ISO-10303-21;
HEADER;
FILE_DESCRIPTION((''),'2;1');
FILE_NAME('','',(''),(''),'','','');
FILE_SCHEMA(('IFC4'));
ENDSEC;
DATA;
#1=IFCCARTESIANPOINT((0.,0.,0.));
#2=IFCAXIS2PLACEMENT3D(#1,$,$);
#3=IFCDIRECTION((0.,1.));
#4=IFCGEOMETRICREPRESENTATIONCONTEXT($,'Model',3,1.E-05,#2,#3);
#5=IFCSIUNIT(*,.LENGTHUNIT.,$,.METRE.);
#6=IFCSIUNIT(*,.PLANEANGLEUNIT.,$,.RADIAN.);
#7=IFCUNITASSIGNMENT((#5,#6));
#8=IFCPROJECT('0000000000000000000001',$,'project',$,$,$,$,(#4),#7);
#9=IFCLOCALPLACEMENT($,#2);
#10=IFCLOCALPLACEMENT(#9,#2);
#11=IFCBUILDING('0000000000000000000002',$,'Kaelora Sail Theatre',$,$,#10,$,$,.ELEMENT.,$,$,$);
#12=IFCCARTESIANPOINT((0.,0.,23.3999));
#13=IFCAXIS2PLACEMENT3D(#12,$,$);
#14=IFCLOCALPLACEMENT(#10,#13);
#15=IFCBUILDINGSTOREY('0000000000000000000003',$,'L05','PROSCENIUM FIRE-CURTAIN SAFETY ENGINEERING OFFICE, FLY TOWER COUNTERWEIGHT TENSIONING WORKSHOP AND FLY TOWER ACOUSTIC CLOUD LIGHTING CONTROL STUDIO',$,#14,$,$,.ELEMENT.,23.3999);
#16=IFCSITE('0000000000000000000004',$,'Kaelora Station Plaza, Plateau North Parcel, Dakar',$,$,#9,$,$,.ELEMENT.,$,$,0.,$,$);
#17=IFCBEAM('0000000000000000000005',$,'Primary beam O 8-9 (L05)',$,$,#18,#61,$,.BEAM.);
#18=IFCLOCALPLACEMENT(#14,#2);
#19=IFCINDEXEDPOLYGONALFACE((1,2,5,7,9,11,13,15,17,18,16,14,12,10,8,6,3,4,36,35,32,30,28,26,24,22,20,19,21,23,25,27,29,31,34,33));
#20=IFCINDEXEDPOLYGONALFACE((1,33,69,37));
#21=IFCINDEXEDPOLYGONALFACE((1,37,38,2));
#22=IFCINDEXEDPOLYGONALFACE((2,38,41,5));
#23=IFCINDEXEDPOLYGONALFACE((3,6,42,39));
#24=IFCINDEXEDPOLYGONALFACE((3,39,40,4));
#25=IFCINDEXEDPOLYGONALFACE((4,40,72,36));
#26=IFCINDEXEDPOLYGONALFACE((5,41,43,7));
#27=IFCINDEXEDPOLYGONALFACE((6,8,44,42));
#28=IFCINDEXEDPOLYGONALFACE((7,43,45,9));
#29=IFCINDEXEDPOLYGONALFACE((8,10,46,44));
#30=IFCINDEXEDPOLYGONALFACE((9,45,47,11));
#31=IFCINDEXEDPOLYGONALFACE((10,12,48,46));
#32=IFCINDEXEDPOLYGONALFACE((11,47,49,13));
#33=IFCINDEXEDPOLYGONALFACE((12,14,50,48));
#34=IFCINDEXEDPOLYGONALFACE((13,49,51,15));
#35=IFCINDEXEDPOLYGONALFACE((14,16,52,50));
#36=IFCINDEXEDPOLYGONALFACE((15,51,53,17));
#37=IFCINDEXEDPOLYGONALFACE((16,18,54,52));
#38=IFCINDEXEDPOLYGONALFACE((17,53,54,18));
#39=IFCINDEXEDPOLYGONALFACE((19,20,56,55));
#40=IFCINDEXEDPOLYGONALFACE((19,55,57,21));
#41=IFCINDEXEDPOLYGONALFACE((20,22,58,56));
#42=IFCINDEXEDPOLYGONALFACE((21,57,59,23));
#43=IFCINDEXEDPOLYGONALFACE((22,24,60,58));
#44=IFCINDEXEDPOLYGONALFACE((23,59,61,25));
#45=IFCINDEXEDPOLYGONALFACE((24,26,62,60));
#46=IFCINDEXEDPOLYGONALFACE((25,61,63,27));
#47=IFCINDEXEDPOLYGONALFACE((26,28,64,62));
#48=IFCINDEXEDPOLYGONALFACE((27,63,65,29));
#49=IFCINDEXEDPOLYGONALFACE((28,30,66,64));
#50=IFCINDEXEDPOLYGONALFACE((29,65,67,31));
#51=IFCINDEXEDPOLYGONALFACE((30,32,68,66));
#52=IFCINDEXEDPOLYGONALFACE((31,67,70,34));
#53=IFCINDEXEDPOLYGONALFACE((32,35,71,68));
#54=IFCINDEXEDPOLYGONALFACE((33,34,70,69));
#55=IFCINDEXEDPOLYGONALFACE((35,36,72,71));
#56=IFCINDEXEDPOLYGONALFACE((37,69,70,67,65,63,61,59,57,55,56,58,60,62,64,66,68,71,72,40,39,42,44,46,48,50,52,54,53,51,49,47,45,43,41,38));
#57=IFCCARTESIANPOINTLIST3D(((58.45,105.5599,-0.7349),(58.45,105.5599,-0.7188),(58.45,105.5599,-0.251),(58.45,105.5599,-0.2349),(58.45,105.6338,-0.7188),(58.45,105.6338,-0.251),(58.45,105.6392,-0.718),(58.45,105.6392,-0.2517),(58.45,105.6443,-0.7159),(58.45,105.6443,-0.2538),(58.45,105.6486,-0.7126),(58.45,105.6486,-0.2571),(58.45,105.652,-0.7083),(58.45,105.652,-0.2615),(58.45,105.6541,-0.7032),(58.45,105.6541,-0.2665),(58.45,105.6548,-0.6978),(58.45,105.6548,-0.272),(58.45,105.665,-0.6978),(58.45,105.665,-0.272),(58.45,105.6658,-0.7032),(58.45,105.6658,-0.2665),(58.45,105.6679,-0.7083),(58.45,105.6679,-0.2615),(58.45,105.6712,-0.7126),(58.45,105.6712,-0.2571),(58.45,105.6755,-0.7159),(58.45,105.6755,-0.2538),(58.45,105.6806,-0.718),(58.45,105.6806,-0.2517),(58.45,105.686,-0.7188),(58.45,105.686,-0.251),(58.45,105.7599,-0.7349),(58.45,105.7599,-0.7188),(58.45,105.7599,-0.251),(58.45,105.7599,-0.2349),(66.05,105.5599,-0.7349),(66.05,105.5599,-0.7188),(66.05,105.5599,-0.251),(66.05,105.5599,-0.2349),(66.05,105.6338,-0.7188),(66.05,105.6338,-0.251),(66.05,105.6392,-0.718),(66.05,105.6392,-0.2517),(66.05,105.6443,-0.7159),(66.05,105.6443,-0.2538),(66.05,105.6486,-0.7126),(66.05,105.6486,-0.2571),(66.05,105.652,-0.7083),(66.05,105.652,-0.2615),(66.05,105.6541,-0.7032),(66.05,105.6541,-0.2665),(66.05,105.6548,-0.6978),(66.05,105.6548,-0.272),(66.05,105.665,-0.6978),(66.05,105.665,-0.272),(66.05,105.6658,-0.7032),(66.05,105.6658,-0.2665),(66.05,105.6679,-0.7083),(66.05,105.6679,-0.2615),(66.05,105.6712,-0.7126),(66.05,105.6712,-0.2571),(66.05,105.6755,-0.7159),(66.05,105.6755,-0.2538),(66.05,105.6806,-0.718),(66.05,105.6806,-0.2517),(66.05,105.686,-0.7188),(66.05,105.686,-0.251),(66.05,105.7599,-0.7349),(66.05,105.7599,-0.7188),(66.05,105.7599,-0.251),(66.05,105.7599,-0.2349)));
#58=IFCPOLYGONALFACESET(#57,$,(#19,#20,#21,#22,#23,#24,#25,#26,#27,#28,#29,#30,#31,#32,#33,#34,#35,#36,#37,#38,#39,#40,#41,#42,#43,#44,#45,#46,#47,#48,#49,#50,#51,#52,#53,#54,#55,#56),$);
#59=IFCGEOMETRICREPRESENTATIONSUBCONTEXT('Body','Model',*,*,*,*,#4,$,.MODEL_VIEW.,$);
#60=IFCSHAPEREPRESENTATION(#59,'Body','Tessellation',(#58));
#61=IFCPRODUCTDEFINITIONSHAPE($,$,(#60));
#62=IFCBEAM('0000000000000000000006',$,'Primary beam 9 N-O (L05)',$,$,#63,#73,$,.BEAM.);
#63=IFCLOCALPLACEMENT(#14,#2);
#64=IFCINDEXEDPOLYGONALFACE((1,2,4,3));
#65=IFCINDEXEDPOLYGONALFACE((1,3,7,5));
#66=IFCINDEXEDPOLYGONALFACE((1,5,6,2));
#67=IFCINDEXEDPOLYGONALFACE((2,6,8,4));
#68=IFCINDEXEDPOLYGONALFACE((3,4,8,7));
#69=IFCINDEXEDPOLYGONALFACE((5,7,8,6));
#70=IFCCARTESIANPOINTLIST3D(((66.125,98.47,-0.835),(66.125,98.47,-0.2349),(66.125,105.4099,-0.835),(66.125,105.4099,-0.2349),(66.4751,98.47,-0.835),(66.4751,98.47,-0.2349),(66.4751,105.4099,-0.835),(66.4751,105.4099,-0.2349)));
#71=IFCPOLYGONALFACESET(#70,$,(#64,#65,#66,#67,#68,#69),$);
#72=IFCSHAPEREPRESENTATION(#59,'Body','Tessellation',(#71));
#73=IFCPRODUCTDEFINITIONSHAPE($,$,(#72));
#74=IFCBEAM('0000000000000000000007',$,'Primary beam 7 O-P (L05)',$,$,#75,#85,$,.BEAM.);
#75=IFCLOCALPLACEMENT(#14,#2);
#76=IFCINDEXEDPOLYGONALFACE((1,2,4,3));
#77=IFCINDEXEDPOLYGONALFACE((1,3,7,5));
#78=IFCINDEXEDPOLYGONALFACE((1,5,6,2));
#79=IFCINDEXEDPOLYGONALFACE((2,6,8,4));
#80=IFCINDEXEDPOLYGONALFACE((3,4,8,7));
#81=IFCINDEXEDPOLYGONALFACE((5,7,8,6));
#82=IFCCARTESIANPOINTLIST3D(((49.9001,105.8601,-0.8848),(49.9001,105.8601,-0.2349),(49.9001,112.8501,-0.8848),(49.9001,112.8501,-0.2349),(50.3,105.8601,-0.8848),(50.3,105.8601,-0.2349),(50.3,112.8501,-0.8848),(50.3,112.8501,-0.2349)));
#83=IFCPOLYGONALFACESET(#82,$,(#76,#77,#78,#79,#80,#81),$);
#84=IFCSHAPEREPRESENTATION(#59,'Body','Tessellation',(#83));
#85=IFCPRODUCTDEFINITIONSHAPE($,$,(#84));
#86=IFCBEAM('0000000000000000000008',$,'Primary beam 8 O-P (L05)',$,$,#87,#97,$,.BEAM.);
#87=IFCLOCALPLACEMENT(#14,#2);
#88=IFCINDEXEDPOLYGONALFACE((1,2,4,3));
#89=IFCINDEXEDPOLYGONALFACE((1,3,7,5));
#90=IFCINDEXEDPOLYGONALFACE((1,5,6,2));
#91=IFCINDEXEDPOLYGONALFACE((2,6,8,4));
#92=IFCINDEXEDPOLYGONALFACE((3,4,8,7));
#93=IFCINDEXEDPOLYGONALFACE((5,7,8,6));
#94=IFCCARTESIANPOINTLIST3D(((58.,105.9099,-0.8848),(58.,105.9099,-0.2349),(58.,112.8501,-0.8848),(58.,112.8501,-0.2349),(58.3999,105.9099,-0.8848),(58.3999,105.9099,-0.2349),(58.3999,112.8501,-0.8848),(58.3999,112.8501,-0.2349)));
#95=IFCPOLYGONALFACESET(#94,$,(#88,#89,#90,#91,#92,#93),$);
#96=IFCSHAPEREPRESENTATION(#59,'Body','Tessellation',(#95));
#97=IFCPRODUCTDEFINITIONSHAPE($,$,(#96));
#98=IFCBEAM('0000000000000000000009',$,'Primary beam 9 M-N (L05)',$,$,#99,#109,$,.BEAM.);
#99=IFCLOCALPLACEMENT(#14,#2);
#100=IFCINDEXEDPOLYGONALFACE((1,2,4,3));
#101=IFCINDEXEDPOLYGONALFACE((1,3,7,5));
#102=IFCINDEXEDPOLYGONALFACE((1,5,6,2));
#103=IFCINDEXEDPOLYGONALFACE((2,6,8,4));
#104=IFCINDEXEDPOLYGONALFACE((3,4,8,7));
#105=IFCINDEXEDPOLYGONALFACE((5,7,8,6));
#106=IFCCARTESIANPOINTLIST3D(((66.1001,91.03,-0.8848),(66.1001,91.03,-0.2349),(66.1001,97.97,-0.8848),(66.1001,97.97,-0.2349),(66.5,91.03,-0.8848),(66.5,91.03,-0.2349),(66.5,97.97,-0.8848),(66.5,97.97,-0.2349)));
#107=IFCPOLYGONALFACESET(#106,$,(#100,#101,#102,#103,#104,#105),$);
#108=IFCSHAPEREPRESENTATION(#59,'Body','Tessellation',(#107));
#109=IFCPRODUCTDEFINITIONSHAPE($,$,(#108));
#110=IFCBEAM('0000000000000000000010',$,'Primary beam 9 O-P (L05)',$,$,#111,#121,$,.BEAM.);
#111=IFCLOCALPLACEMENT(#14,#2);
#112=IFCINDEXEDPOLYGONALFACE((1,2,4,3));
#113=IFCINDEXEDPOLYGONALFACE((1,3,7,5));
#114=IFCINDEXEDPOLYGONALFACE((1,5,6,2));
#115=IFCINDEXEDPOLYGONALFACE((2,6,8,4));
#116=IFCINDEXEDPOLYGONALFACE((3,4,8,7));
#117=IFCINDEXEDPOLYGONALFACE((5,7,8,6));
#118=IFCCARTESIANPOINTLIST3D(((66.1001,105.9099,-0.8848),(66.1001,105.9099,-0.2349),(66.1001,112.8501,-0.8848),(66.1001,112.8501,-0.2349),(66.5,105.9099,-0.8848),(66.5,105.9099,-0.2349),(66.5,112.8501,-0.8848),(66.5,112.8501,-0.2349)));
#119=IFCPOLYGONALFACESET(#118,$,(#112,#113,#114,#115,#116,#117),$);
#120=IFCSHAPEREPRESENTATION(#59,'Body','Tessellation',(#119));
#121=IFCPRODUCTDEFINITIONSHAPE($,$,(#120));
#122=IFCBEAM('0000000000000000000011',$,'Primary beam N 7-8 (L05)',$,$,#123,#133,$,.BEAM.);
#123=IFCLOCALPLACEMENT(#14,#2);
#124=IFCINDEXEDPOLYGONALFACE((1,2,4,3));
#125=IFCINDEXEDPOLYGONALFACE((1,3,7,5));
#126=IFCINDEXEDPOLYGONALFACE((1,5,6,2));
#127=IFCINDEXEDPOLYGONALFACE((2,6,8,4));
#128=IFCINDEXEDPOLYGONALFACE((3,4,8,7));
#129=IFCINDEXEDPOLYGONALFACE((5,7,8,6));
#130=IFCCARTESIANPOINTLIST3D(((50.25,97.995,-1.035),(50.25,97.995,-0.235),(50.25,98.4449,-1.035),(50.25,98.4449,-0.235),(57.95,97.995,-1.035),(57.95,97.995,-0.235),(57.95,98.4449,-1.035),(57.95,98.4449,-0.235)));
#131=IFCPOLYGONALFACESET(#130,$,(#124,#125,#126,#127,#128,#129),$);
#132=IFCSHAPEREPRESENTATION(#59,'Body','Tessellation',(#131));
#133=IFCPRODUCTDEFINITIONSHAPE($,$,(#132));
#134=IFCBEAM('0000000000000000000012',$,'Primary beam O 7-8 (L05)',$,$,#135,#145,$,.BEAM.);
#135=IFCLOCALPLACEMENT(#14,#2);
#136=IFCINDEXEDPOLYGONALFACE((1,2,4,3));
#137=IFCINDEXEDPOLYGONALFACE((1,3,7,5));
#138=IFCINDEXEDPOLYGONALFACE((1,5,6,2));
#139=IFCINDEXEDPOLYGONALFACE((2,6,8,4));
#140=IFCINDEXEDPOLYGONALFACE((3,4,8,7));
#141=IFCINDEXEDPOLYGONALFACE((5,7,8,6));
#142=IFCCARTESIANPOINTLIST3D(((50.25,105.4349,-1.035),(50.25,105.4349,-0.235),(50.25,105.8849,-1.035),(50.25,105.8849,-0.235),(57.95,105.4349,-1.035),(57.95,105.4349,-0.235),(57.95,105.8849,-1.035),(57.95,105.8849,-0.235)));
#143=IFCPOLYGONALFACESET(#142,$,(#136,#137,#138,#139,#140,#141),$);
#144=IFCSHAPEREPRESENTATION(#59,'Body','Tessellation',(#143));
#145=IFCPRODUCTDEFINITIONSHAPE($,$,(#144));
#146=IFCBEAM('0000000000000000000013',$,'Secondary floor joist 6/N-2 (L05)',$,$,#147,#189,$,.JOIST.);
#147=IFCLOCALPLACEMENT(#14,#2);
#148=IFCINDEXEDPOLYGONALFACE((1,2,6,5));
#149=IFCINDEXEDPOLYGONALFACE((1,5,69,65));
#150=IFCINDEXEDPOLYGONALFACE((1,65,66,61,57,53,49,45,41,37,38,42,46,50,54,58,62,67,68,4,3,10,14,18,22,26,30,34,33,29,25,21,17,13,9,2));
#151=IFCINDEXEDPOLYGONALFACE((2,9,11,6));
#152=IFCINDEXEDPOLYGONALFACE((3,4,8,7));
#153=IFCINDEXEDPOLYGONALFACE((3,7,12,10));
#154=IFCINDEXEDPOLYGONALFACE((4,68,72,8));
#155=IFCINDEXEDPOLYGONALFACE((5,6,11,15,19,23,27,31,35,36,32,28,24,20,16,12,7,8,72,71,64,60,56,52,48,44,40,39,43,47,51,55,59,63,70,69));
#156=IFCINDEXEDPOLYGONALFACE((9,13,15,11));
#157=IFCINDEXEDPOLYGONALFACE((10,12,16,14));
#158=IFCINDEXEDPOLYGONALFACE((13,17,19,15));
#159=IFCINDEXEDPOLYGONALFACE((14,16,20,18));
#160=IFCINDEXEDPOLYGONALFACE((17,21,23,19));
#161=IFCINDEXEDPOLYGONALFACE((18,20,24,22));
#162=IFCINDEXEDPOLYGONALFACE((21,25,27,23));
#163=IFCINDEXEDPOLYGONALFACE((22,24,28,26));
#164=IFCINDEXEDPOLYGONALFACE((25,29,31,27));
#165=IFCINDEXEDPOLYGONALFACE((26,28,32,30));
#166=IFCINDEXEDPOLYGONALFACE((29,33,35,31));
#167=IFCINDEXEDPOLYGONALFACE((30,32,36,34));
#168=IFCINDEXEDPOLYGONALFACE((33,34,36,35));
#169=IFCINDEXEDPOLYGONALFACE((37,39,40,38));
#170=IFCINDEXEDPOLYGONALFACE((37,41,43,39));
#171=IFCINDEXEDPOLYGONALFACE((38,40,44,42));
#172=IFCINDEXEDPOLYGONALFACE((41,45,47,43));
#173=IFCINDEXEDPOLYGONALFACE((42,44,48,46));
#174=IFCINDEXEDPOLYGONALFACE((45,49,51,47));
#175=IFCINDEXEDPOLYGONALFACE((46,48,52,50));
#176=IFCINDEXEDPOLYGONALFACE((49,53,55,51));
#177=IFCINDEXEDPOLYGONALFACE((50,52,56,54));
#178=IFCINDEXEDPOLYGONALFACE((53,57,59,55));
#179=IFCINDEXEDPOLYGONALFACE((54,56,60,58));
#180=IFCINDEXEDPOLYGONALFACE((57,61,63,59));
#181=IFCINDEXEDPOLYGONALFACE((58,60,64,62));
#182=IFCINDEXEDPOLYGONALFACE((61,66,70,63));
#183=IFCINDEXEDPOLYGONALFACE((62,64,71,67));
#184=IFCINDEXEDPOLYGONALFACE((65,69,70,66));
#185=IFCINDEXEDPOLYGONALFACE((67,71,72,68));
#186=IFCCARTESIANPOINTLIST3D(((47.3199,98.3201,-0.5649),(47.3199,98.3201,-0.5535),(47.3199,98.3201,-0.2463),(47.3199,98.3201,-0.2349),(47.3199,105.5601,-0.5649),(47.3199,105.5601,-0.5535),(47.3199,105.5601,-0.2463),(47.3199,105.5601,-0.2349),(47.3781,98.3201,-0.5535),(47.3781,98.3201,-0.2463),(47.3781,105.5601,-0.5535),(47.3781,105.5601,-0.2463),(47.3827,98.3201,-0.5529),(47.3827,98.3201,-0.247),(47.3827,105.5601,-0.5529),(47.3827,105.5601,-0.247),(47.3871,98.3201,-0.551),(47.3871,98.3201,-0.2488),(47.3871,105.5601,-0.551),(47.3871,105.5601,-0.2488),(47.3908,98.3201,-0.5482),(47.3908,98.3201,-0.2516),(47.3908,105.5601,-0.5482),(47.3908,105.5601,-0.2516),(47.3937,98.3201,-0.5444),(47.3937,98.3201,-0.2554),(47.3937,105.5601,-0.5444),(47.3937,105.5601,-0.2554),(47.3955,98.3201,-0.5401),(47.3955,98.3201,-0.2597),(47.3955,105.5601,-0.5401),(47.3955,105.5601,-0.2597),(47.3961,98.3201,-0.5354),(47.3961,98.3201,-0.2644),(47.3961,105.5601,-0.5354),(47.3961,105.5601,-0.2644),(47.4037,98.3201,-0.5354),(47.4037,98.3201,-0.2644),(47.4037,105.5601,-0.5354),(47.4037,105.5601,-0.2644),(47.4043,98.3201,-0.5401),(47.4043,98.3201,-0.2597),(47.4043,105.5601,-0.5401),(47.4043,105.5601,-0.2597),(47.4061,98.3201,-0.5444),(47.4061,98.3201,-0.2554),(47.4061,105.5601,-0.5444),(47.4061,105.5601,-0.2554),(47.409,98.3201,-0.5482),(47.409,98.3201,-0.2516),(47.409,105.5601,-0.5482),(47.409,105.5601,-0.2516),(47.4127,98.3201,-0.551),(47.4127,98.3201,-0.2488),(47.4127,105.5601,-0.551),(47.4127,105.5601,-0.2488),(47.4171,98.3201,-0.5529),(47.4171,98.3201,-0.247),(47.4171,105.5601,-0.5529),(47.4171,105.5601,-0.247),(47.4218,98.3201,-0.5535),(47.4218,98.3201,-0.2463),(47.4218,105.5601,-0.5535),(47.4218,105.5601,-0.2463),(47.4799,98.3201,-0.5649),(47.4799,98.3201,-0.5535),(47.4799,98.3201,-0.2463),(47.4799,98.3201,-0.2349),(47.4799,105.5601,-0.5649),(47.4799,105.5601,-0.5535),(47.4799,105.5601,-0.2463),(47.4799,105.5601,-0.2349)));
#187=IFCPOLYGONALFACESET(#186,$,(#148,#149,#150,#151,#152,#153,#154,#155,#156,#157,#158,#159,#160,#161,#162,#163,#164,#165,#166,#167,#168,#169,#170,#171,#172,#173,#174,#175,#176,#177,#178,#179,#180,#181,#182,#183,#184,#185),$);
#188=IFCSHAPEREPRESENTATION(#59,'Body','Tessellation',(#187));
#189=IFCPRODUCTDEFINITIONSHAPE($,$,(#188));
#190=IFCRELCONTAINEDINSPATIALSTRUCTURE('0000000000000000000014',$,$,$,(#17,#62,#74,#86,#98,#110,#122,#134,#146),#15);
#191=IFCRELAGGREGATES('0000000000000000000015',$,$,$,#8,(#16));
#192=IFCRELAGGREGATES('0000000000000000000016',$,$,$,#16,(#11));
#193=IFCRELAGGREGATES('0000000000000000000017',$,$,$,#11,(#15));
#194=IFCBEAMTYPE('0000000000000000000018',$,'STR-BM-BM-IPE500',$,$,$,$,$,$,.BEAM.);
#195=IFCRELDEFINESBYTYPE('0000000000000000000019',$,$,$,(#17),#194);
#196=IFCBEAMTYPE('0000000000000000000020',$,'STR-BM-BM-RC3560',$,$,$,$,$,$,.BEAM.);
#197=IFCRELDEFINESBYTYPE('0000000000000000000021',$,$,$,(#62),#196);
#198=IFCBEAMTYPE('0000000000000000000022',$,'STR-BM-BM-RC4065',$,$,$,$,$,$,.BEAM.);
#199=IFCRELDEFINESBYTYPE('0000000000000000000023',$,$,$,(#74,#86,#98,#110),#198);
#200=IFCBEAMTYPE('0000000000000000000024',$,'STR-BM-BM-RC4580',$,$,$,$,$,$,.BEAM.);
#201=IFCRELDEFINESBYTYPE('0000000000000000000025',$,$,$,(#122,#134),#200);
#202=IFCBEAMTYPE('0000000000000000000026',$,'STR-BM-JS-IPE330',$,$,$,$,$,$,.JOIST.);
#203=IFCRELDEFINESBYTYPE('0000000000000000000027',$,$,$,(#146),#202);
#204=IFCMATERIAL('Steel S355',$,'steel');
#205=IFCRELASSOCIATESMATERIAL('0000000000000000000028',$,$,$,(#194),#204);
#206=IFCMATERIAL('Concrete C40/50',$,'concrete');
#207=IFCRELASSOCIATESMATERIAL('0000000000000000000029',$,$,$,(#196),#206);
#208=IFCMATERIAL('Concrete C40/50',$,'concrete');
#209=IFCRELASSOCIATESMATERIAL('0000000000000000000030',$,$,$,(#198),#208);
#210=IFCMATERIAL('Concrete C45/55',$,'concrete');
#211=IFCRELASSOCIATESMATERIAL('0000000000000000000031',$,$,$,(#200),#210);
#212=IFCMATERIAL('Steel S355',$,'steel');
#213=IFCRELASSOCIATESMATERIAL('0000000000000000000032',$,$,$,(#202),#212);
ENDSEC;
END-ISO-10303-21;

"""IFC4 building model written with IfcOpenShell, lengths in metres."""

from ifc_helpers import new_model, si_unit, direction, frame, origin, origin_2d, place, context, subcontext, project, spatial, rectangle, i_section, extrude, material, material_profile, profile_set, type_object, element, save


model = new_model("IFC4")

# Units and contexts
model_context = context("Model", 3, precision=1e-05, world=origin(), true_north=direction((0.0, 1.0)))
body_context = subcontext(model_context, "Body", "Model", "MODEL_VIEW")
ifc_project = project(units=[si_unit("LENGTHUNIT", "METRE"), si_unit("PLANEANGLEUNIT", "RADIAN")], contexts=[model_context])

# Site, building, storey
site_placement = place(None, origin())
site = spatial("IfcSite", under=ifc_project, at=site_placement, Name="Kaelora Station Plaza, Plateau North Parcel, Dakar", CompositionType="ELEMENT", RefElevation=0.0)
building_placement = place(site_placement, origin())
building = spatial("IfcBuilding", under=site, at=building_placement, Name="Kaelora Sail Theatre", CompositionType="ELEMENT")
storey_placement = place(building_placement, frame((0.0, 0.0, 23.3999)))
storey = spatial("IfcBuildingStorey", under=building, at=storey_placement, Name="L05", Description="PROSCENIUM FIRE-CURTAIN SAFETY ENGINEERING OFFICE, FLY TOWER COUNTERWEIGHT TENSIONING WORKSHOP AND FLY TOWER ACOUSTIC CLOUD LIGHTING CONTROL STUDIO", CompositionType="ELEMENT", Elevation=23.3999)

# Beams
ifc_material_1 = material(Name="Steel S355", Category="steel")
ifc_material_profile_1 = material_profile(ifc_material_1, i_section(OverallWidth=0.2, OverallDepth=0.5, WebThickness=0.0103, FlangeThickness=0.0161, FilletRadius=0.021, at=origin_2d()), Name="IPE 500")
ifc_profile_set_1 = profile_set([ifc_material_profile_1], Name="Steel S355")
beam_type_1 = type_object("IfcBeamType", Name="STR-BM-BM-IPE500", PredefinedType="BEAM", material=ifc_profile_set_1)
for number, where, z_axis, x_axis, name in (
    (1, (58.45, 105.6599, -0.4849), (1.0, 0.0, 0.0), (0.0, 1.0, 0.0), "Primary beam O 8-9 (L05)"),
):
    element("IfcBeam", number, at=place(storey_placement, frame(where, z_axis=z_axis, x_axis=x_axis)), inside=storey, type_object=beam_type_1, Name=name, PredefinedType="BEAM", context=body_context, shape_type="SweptSolid", body=[
        extrude(i_section(OverallWidth=0.2, OverallDepth=0.5, WebThickness=0.0103, FlangeThickness=0.0161, FilletRadius=0.021, at=origin_2d()), origin(), (0.0, 0.0, 1.0), 7.6001),
    ])
ifc_material_2 = material(Name="Concrete C40/50", Category="concrete")
ifc_material_profile_2 = material_profile(ifc_material_2, rectangle(XDim=0.3501, YDim=0.6001, at=origin_2d()), Name="RC-BM 350x600")
ifc_profile_set_2 = profile_set([ifc_material_profile_2], Name="Concrete C40/50")
beam_type_2 = type_object("IfcBeamType", Name="STR-BM-BM-RC3560", PredefinedType="BEAM", material=ifc_profile_set_2)
beam_1_placement = place(storey_placement, frame((66.3, 98.47, -0.5349), z_axis=(0.0, 1.0, 0.0), x_axis=(-1.0, 0.0, 0.0)))
element("IfcBeam", 2, at=beam_1_placement, inside=storey, type_object=beam_type_2, Name="Primary beam 9 N-O (L05)", PredefinedType="BEAM", context=body_context, shape_type="SweptSolid", body=[
    extrude(rectangle(XDim=0.3501, YDim=0.6001, at=origin_2d()), origin(), (0.0, 0.0, 1.0), 6.9399),
])
ifc_material_3 = material(Name="Concrete C40/50", Category="concrete")
ifc_material_profile_3 = material_profile(ifc_material_3, rectangle(XDim=0.3999, YDim=0.6499, at=origin_2d()), Name="RC-BM 400x650")
ifc_profile_set_3 = profile_set([ifc_material_profile_3], Name="Concrete C40/50")
beam_type_3 = type_object("IfcBeamType", Name="STR-BM-BM-RC4065", PredefinedType="BEAM", material=ifc_profile_set_3)
beam_2_placement = place(storey_placement, frame((50.1001, 105.8601, -0.5598), z_axis=(0.0, 1.0, 0.0), x_axis=(-1.0, 0.0, 0.0)))
element("IfcBeam", 3, at=beam_2_placement, inside=storey, type_object=beam_type_3, Name="Primary beam 7 O-P (L05)", PredefinedType="BEAM", context=body_context, shape_type="SweptSolid", body=[
    extrude(rectangle(XDim=0.3999, YDim=0.6499, at=origin_2d()), origin(), (0.0, 0.0, 1.0), 6.99),
])
beam_3_placement = place(storey_placement, frame((58.2, 105.9099, -0.5598), z_axis=(0.0, 1.0, 0.0), x_axis=(-1.0, 0.0, 0.0)))
element("IfcBeam", 4, at=beam_3_placement, inside=storey, type_object=beam_type_3, Name="Primary beam 8 O-P (L05)", PredefinedType="BEAM", context=body_context, shape_type="SweptSolid", body=[
    extrude(rectangle(XDim=0.3999, YDim=0.6499, at=origin_2d()), origin(), (0.0, 0.0, 1.0), 6.9402),
])
beam_4_placement = place(storey_placement, frame((66.3, 91.03, -0.5598), z_axis=(0.0, 1.0, 0.0), x_axis=(-1.0, 0.0, 0.0)))
element("IfcBeam", 5, at=beam_4_placement, inside=storey, type_object=beam_type_3, Name="Primary beam 9 M-N (L05)", PredefinedType="BEAM", context=body_context, shape_type="SweptSolid", body=[
    extrude(rectangle(XDim=0.3999, YDim=0.6499, at=origin_2d()), origin(), (0.0, 0.0, 1.0), 6.9399),
])
beam_5_placement = place(storey_placement, frame((66.3, 105.9099, -0.5598), z_axis=(0.0, 1.0, 0.0), x_axis=(-1.0, 0.0, 0.0)))
element("IfcBeam", 6, at=beam_5_placement, inside=storey, type_object=beam_type_3, Name="Primary beam 9 O-P (L05)", PredefinedType="BEAM", context=body_context, shape_type="SweptSolid", body=[
    extrude(rectangle(XDim=0.3999, YDim=0.6499, at=origin_2d()), origin(), (0.0, 0.0, 1.0), 6.9402),
])
ifc_material_4 = material(Name="Concrete C45/55", Category="concrete")
ifc_material_profile_4 = material_profile(ifc_material_4, rectangle(XDim=0.45, YDim=0.8, at=origin_2d()), Name="RC-BM 450x800")
ifc_profile_set_4 = profile_set([ifc_material_profile_4], Name="Concrete C45/55")
beam_type_4 = type_object("IfcBeamType", Name="STR-BM-BM-RC4580", PredefinedType="BEAM", material=ifc_profile_set_4)
for number, where, z_axis, x_axis, name in (
    (7, (50.25, 98.22, -0.635), (1.0, 0.0, 0.0), (0.0, 1.0, 0.0), "Primary beam N 7-8 (L05)"),
    (8, (50.25, 105.6599, -0.635), (1.0, 0.0, 0.0), (0.0, 1.0, 0.0), "Primary beam O 7-8 (L05)"),
):
    element("IfcBeam", number, at=place(storey_placement, frame(where, z_axis=z_axis, x_axis=x_axis)), inside=storey, type_object=beam_type_4, Name=name, PredefinedType="BEAM", context=body_context, shape_type="SweptSolid", body=[
        extrude(rectangle(XDim=0.45, YDim=0.8, at=origin_2d()), origin(), (0.0, 0.0, 1.0), 7.7),
    ])
ifc_material_5 = material(Name="Steel S355", Category="steel")
ifc_material_profile_5 = material_profile(ifc_material_5, i_section(OverallWidth=0.1599, OverallDepth=0.3301, WebThickness=0.0076, FlangeThickness=0.0115, FilletRadius=0.0181, at=origin_2d()), Name="IPE 330")
ifc_profile_set_5 = profile_set([ifc_material_profile_5], Name="Steel S355")
beam_type_5 = type_object("IfcBeamType", Name="STR-BM-JS-IPE330", PredefinedType="JOIST", material=ifc_profile_set_5)
beam_6_placement = place(storey_placement, frame((47.3999, 98.3201, -0.3999), z_axis=(0.0, 1.0, 0.0), x_axis=(-1.0, 0.0, 0.0)))
element("IfcBeam", 9, at=beam_6_placement, inside=storey, type_object=beam_type_5, Name="Secondary floor joist 6/N-2 (L05)", PredefinedType="JOIST", context=body_context, shape_type="SweptSolid", body=[
    extrude(i_section(OverallWidth=0.1599, OverallDepth=0.3301, WebThickness=0.0076, FlangeThickness=0.0115, FilletRadius=0.0181, at=origin_2d()), origin(), (0.0, 0.0, 1.0), 7.24),
])

save(model, "model.ifc")
